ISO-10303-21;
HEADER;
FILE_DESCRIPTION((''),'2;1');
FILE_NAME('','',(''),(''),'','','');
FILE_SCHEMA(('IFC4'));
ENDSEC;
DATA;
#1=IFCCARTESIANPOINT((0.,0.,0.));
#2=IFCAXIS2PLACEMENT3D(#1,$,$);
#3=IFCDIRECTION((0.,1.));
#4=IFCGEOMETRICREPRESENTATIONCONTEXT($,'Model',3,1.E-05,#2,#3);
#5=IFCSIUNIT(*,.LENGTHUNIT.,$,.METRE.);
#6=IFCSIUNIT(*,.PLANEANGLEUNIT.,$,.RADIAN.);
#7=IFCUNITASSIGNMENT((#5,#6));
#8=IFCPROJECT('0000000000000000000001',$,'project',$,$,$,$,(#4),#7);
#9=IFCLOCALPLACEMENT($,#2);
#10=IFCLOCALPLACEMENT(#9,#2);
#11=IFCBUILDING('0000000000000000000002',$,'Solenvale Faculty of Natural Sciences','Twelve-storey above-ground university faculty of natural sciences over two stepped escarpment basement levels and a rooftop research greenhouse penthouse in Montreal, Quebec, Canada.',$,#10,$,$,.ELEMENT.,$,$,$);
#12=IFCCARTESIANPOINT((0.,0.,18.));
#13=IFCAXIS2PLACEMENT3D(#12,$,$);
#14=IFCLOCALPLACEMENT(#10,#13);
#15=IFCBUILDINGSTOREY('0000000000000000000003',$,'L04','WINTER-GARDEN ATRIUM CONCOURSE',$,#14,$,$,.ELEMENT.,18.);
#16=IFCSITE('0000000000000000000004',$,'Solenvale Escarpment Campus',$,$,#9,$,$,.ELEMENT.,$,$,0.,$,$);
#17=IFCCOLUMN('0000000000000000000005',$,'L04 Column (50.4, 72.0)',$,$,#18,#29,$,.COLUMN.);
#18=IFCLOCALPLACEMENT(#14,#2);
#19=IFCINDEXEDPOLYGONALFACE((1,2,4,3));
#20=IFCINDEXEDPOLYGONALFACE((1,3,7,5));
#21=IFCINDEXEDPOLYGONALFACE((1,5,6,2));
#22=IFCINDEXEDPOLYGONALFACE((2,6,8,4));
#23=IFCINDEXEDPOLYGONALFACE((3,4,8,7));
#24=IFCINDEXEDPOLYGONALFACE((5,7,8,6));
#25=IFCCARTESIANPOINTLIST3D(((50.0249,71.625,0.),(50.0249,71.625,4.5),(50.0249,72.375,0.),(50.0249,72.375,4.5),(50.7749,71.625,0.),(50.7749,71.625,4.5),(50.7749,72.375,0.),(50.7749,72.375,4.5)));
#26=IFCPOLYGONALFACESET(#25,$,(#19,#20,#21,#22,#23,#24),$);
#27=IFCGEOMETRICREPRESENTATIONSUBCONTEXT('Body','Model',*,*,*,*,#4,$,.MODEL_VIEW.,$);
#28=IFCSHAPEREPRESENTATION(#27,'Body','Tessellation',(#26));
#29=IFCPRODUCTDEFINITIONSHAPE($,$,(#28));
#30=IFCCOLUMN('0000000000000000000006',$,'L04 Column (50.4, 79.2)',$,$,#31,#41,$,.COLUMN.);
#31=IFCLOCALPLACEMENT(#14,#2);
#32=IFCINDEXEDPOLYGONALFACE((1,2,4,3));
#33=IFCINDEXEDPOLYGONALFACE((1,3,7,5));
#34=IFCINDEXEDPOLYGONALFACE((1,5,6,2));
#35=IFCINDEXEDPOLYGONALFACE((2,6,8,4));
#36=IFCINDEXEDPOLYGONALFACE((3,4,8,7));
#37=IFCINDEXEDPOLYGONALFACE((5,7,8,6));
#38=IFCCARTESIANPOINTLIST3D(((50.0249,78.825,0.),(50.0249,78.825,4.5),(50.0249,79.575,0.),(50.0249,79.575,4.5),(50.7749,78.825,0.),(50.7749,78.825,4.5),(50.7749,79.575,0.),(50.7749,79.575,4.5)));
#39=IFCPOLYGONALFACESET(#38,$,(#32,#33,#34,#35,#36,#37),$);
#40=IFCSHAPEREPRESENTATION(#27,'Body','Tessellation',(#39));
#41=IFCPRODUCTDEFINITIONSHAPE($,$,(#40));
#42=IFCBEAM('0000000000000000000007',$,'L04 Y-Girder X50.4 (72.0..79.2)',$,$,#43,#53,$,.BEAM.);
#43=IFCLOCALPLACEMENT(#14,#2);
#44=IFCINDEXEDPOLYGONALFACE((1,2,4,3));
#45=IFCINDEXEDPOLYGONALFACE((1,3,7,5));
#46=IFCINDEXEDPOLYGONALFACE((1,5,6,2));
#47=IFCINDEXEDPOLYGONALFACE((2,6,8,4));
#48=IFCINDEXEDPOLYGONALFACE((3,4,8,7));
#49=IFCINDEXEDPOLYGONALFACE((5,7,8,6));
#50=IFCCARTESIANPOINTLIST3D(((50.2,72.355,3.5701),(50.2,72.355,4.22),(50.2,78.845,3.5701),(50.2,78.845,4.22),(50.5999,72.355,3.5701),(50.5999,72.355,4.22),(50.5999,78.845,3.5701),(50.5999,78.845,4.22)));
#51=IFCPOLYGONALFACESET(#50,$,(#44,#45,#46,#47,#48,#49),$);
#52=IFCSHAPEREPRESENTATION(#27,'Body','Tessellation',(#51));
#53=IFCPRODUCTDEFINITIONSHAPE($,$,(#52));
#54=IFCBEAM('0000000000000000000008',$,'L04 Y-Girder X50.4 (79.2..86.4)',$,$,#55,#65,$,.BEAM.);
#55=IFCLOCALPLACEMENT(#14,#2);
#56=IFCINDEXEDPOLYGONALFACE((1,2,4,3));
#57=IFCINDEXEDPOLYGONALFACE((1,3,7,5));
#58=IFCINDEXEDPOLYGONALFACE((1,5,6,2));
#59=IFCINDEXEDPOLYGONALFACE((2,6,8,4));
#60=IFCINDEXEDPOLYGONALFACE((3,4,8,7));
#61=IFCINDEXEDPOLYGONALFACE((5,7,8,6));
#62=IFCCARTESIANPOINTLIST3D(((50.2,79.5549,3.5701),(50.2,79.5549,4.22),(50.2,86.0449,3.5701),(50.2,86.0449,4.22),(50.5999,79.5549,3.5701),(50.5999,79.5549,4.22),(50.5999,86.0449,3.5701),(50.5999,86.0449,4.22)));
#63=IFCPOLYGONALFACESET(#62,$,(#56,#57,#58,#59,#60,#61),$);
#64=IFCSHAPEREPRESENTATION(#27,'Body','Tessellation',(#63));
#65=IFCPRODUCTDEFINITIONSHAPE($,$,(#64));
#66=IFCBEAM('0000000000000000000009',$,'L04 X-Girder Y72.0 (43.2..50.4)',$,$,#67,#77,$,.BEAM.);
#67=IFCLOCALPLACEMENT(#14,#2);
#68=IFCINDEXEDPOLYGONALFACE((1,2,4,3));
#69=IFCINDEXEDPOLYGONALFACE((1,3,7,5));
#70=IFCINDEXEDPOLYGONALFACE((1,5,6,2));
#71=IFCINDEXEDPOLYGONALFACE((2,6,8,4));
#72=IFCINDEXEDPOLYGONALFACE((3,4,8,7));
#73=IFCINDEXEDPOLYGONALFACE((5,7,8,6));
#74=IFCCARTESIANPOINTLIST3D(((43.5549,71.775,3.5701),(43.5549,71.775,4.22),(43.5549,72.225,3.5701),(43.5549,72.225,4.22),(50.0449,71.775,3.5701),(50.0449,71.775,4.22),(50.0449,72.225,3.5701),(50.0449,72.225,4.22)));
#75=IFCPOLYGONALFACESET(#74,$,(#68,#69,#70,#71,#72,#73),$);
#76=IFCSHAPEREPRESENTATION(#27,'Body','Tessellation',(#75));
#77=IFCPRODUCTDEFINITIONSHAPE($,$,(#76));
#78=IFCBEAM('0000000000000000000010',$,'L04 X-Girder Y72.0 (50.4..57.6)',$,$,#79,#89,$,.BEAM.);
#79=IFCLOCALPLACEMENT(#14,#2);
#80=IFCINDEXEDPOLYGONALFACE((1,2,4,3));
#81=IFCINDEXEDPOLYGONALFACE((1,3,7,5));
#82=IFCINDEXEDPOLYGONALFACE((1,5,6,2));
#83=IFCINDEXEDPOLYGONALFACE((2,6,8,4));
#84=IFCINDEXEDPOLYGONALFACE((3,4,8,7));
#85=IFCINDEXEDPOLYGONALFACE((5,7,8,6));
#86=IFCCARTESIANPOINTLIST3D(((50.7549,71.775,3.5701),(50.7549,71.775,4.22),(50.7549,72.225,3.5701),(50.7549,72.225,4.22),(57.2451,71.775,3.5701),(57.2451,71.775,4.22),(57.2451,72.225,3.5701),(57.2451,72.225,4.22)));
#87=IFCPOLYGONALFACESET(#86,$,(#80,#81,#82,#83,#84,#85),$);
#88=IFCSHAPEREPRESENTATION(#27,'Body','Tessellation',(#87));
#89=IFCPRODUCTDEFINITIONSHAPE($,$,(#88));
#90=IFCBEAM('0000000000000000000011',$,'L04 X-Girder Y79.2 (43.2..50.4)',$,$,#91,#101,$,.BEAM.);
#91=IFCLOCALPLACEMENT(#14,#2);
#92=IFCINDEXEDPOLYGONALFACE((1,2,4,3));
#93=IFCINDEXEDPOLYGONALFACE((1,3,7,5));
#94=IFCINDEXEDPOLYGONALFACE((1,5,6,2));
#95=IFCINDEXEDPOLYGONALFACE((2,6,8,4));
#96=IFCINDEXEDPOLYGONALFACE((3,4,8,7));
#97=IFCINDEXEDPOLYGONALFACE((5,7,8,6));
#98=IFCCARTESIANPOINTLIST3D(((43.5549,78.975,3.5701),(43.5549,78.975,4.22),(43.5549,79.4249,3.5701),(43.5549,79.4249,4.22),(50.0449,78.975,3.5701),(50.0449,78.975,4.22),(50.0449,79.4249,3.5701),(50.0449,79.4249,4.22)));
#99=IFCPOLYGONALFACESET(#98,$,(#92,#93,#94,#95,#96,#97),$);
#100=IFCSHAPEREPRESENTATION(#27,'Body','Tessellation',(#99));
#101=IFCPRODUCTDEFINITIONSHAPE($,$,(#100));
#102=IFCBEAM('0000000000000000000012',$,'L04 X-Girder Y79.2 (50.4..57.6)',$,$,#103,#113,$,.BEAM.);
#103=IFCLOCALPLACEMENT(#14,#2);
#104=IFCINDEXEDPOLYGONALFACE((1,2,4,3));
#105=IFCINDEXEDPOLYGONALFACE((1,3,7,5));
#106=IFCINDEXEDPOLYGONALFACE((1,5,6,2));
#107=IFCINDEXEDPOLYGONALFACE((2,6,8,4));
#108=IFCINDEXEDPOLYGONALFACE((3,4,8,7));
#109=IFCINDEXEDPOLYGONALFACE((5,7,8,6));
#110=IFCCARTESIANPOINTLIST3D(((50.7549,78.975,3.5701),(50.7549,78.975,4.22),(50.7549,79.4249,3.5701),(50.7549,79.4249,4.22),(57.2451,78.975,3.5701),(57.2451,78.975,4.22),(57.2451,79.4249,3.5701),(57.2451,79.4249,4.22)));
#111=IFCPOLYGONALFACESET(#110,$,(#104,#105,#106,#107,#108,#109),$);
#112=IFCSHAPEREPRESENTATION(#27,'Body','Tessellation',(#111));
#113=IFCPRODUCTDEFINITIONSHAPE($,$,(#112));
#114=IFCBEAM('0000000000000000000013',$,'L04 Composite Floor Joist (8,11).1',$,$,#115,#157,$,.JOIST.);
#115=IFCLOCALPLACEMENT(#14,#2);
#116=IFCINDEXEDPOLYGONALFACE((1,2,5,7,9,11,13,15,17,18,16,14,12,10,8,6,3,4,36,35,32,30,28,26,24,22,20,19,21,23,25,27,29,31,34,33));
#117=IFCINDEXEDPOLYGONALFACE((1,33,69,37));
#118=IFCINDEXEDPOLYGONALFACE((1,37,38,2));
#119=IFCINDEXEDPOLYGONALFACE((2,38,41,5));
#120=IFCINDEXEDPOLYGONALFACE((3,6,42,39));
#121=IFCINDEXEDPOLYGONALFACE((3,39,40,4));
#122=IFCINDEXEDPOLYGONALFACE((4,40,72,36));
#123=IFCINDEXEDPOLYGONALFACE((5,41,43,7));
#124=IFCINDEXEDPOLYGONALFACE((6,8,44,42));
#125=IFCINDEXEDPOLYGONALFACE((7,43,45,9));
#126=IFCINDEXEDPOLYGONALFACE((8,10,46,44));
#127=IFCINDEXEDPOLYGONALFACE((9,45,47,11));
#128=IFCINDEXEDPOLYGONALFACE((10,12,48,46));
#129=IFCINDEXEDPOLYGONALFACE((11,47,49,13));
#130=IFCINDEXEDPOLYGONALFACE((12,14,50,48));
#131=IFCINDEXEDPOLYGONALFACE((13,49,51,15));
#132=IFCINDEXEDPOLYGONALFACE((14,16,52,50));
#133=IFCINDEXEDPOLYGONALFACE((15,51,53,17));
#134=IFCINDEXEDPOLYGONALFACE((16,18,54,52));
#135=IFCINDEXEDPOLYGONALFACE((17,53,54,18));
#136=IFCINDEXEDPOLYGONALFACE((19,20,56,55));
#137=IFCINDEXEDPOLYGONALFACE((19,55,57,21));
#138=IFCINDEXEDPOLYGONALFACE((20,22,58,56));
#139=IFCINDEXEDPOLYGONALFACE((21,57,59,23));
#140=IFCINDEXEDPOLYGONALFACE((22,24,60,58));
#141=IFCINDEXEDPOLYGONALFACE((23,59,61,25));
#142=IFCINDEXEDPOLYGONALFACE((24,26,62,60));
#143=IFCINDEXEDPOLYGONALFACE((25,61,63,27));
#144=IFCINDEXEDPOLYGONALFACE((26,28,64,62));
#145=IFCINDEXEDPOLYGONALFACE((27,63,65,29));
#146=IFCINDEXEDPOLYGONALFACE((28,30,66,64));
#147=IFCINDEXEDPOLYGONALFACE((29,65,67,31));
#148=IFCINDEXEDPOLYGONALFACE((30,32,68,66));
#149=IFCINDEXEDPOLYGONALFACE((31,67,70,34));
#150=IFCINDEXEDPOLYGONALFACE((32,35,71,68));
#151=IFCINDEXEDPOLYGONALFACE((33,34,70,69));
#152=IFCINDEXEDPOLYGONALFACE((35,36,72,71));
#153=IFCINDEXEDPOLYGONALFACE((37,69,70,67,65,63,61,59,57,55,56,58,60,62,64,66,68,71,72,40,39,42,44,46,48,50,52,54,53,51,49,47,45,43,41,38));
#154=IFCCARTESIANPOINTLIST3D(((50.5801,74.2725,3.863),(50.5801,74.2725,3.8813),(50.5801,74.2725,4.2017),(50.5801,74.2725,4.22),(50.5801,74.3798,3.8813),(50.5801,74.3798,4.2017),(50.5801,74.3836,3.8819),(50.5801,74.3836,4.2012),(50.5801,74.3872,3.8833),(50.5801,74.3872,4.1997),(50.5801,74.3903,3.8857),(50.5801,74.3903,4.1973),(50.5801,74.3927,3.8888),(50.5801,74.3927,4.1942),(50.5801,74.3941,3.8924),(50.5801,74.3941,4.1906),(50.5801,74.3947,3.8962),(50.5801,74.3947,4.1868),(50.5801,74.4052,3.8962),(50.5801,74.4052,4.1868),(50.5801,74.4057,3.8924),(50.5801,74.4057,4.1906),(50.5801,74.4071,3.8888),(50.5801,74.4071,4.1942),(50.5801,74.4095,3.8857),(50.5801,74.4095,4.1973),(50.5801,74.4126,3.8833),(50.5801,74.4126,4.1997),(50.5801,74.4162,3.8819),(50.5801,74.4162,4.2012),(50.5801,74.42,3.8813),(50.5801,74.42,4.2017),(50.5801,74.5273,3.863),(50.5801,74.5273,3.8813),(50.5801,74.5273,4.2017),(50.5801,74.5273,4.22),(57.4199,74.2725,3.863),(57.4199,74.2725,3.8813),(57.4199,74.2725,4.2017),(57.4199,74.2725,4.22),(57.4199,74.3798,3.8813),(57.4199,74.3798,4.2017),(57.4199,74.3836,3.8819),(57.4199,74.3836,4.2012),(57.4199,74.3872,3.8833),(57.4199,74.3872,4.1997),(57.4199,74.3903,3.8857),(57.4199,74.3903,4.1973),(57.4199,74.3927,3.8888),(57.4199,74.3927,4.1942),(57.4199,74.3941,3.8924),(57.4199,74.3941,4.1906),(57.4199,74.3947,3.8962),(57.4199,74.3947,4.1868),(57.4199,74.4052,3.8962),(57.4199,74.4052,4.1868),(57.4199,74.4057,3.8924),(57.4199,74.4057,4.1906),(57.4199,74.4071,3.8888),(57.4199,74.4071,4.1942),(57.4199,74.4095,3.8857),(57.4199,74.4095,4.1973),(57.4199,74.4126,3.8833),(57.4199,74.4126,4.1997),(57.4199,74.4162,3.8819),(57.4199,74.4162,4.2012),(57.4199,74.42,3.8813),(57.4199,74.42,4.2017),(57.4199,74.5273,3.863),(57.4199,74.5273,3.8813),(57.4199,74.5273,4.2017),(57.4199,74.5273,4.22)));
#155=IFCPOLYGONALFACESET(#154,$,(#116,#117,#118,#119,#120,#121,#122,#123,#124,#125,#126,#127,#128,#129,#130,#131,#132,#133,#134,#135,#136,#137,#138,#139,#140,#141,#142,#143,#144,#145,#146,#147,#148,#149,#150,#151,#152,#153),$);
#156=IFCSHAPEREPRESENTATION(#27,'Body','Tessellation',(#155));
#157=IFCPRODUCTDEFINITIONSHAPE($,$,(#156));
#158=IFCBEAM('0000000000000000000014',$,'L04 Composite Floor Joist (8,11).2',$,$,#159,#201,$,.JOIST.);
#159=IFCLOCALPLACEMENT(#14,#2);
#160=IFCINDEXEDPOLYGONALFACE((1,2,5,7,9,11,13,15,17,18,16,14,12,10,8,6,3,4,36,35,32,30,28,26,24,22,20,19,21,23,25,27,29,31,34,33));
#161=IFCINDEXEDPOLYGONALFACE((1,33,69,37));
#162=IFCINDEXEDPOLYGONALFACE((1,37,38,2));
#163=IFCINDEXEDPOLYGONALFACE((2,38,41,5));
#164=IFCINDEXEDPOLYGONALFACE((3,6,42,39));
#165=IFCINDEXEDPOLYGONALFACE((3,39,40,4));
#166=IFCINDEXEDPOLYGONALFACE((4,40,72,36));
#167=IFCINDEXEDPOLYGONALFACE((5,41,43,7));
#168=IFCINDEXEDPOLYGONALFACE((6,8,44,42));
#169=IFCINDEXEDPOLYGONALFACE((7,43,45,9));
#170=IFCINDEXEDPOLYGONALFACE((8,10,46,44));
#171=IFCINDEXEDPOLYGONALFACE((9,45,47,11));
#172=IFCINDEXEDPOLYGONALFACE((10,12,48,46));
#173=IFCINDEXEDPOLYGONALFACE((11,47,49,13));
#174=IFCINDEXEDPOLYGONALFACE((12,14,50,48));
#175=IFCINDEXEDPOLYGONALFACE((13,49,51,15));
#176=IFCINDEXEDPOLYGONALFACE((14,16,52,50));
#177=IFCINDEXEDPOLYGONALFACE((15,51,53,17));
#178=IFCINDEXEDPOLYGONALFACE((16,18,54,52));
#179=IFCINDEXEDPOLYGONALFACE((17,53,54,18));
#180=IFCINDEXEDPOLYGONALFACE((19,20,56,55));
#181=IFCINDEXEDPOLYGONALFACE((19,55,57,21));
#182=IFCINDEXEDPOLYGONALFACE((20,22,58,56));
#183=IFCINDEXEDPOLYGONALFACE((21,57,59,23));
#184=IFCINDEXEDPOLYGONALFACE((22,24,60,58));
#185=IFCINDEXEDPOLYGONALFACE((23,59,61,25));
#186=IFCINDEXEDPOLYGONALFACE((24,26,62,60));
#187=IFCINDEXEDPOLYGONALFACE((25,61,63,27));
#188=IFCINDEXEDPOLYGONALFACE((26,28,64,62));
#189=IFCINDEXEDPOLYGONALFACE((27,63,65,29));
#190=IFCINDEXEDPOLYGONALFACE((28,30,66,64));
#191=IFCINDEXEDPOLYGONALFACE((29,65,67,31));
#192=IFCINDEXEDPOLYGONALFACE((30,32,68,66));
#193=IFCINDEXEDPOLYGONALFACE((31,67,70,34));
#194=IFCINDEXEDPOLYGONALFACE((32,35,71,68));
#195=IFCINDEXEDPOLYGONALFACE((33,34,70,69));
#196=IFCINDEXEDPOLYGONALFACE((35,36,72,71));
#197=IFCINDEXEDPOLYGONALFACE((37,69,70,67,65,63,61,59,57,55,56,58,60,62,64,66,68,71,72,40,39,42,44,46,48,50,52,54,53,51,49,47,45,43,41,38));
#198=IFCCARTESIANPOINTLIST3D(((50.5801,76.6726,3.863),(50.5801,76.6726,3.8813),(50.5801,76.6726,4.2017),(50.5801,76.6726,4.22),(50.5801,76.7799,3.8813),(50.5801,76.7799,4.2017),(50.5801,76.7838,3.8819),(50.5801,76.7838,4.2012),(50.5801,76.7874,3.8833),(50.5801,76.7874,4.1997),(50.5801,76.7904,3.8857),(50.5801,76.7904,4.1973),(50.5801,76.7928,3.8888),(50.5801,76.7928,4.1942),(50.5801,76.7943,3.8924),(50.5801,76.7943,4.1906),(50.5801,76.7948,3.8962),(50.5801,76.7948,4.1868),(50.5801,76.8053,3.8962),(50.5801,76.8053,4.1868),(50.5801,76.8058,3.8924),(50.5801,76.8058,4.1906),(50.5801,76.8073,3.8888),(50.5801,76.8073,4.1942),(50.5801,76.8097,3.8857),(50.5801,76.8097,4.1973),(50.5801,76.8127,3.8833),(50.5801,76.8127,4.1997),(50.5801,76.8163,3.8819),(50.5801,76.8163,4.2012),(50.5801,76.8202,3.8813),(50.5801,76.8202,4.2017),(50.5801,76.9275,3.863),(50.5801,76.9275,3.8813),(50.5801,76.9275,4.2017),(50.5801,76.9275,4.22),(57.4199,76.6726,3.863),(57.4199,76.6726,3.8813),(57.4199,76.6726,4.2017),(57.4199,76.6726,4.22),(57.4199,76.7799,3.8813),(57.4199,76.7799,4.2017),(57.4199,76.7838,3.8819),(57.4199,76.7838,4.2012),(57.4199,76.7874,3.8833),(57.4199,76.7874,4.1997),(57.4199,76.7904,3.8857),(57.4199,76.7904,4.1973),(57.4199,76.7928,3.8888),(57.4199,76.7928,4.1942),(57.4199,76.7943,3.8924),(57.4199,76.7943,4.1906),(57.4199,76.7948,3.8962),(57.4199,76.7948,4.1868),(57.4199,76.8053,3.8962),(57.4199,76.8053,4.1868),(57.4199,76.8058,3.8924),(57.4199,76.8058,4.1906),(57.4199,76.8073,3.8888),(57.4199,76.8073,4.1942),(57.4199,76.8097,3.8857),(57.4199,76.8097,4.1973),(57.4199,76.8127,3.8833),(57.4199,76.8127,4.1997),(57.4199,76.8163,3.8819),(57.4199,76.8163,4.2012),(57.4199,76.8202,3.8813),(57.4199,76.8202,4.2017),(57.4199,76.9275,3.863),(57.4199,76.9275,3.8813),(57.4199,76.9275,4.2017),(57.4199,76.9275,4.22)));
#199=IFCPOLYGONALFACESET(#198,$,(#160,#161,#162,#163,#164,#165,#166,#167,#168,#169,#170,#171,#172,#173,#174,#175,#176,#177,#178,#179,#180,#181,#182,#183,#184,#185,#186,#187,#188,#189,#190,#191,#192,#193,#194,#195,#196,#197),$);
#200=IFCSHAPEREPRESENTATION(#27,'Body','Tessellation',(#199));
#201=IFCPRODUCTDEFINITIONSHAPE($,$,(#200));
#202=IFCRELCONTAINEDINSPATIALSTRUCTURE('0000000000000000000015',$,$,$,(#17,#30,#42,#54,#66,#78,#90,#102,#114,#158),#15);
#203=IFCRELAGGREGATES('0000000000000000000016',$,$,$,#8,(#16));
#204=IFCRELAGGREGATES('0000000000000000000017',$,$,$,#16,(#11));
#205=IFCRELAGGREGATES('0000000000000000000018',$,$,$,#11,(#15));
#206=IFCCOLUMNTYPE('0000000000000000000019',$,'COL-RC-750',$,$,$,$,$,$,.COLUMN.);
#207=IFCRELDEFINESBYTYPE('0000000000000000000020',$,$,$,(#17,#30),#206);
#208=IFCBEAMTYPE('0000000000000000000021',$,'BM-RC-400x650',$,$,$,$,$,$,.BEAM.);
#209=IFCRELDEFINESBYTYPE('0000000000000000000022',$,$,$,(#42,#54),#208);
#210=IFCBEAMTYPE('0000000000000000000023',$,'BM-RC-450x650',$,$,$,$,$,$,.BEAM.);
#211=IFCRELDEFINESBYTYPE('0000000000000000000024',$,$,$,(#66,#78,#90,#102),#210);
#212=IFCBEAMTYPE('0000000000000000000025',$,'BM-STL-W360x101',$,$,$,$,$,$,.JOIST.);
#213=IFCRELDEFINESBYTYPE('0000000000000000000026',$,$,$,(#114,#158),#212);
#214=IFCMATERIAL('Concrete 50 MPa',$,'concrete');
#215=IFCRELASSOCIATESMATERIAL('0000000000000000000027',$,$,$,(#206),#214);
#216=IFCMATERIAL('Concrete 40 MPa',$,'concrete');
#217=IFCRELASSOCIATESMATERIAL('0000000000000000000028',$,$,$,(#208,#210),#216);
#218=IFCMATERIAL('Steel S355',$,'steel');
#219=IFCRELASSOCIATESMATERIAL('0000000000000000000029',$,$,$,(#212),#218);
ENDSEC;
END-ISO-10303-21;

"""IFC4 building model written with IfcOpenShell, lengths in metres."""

from ifc_helpers import new_model, si_unit, direction, frame, origin, origin_2d, place, context, subcontext, project, spatial, rectangle, i_section, extrude, material, material_profile, profile_set, type_object, element, save


model = new_model("IFC4")

# Units and contexts
model_context = context("Model", 3, precision=1e-05, world=origin(), true_north=direction((0.0, 1.0)))
body_context = subcontext(model_context, "Body", "Model", "MODEL_VIEW")
ifc_project = project(units=[si_unit("LENGTHUNIT", "METRE"), si_unit("PLANEANGLEUNIT", "RADIAN")], contexts=[model_context])

# Site, building, storey
site_placement = place(None, origin())
site = spatial("IfcSite", under=ifc_project, at=site_placement, Name="Solenvale Escarpment Campus", CompositionType="ELEMENT", RefElevation=0.0)
building_placement = place(site_placement, origin())
building = spatial("IfcBuilding", under=site, at=building_placement, Name="Solenvale Faculty of Natural Sciences", Description="Twelve-storey above-ground university faculty of natural sciences over two stepped escarpment basement levels and a rooftop research greenhouse penthouse in Montreal, Quebec, Canada.", CompositionType="ELEMENT")
storey_placement = place(building_placement, frame((0.0, 0.0, 18.0)))
storey = spatial("IfcBuildingStorey", under=building, at=storey_placement, Name="L04", Description="WINTER-GARDEN ATRIUM CONCOURSE", CompositionType="ELEMENT", Elevation=18.0)

# Columns
ifc_material_1 = material(Name="Concrete 50 MPa", Category="concrete")
ifc_material_profile_1 = material_profile(ifc_material_1, rectangle(XDim=0.75, YDim=0.75, at=origin_2d()), Name="RC-COL-750x750")
ifc_profile_set_1 = profile_set([ifc_material_profile_1], Name="Concrete 50 MPa")
column_type = type_object("IfcColumnType", Name="COL-RC-750", PredefinedType="COLUMN", material=ifc_profile_set_1)
for number, where, z_axis, x_axis, name in (
    (1, (50.3999, 72.0, 0.0), (0.0, 0.0, 1.0), (1.0, 0.0, 0.0), "L04 Column (50.4, 72.0)"),
    (2, (50.3999, 79.2, 0.0), (0.0, 0.0, 1.0), (1.0, 0.0, 0.0), "L04 Column (50.4, 79.2)"),
):
    element("IfcColumn", number, at=place(storey_placement, frame(where, z_axis=z_axis, x_axis=x_axis)), inside=storey, type_object=column_type, Name=name, PredefinedType="COLUMN", context=body_context, shape_type="SweptSolid", body=[
        extrude(rectangle(XDim=0.75, YDim=0.75, at=origin_2d()), origin(), (0.0, 0.0, 1.0), 4.5),
    ])

# Beams
ifc_material_2 = material(Name="Concrete 40 MPa", Category="concrete")
ifc_material_profile_2 = material_profile(ifc_material_2, rectangle(XDim=0.3999, YDim=0.6499, at=origin_2d()), Name="RC-BM-400x650")
ifc_profile_set_2 = profile_set([ifc_material_profile_2], Name="Concrete 40 MPa")
beam_type_1 = type_object("IfcBeamType", Name="BM-RC-400x650", PredefinedType="BEAM", material=ifc_profile_set_2)
for number, where, z_axis, x_axis, name in (
    (3, (50.3999, 72.355, 3.895), (0.0, 1.0, 0.0), (-1.0, 0.0, 0.0), "L04 Y-Girder X50.4 (72.0..79.2)"),
    (4, (50.3999, 79.5549, 3.895), (0.0, 1.0, 0.0), (-1.0, 0.0, 0.0), "L04 Y-Girder X50.4 (79.2..86.4)"),
):
    element("IfcBeam", number, at=place(storey_placement, frame(where, z_axis=z_axis, x_axis=x_axis)), inside=storey, type_object=beam_type_1, Name=name, PredefinedType="BEAM", context=body_context, shape_type="SweptSolid", body=[
        extrude(rectangle(XDim=0.3999, YDim=0.6499, at=origin_2d()), origin(), (0.0, 0.0, 1.0), 6.49),
    ])
ifc_material_profile_3 = material_profile(ifc_material_2, rectangle(XDim=0.45, YDim=0.6499, at=origin_2d()), Name="RC-BM-450x650")
ifc_profile_set_3 = profile_set([ifc_material_profile_3], Name="Concrete 40 MPa")
beam_type_2 = type_object("IfcBeamType", Name="BM-RC-450x650", PredefinedType="BEAM", material=ifc_profile_set_3)
beam_1_placement = place(storey_placement, frame((43.5549, 72.0, 3.895), z_axis=(1.0, 0.0, 0.0), x_axis=(0.0, 1.0, 0.0)))
element("IfcBeam", 5, at=beam_1_placement, inside=storey, type_object=beam_type_2, Name="L04 X-Girder Y72.0 (43.2..50.4)", PredefinedType="BEAM", context=body_context, shape_type="SweptSolid", body=[
    extrude(rectangle(XDim=0.45, YDim=0.6499, at=origin_2d()), origin(), (0.0, 0.0, 1.0), 6.49),
])
beam_2_placement = place(storey_placement, frame((50.7549, 72.0, 3.895), z_axis=(1.0, 0.0, 0.0), x_axis=(0.0, 1.0, 0.0)))
element("IfcBeam", 6, at=beam_2_placement, inside=storey, type_object=beam_type_2, Name="L04 X-Girder Y72.0 (50.4..57.6)", PredefinedType="BEAM", context=body_context, shape_type="SweptSolid", body=[
    extrude(rectangle(XDim=0.45, YDim=0.6499, at=origin_2d()), origin(), (0.0, 0.0, 1.0), 6.4902),
])
beam_3_placement = place(storey_placement, frame((43.5549, 79.2, 3.895), z_axis=(1.0, 0.0, 0.0), x_axis=(0.0, 1.0, 0.0)))
element("IfcBeam", 7, at=beam_3_placement, inside=storey, type_object=beam_type_2, Name="L04 X-Girder Y79.2 (43.2..50.4)", PredefinedType="BEAM", context=body_context, shape_type="SweptSolid", body=[
    extrude(rectangle(XDim=0.45, YDim=0.6499, at=origin_2d()), origin(), (0.0, 0.0, 1.0), 6.49),
])
beam_4_placement = place(storey_placement, frame((50.7549, 79.2, 3.895), z_axis=(1.0, 0.0, 0.0), x_axis=(0.0, 1.0, 0.0)))
element("IfcBeam", 8, at=beam_4_placement, inside=storey, type_object=beam_type_2, Name="L04 X-Girder Y79.2 (50.4..57.6)", PredefinedType="BEAM", context=body_context, shape_type="SweptSolid", body=[
    extrude(rectangle(XDim=0.45, YDim=0.6499, at=origin_2d()), origin(), (0.0, 0.0, 1.0), 6.4902),
])
ifc_material_3 = material(Name="Steel S355", Category="steel")
ifc_material_profile_4 = material_profile(ifc_material_3, i_section(OverallWidth=0.2549, OverallDepth=0.3569, WebThickness=0.0105, FlangeThickness=0.0183, FilletRadius=0.0149, at=origin_2d()), Name="W360x101")
ifc_profile_set_4 = profile_set([ifc_material_profile_4], Name="Steel S355")
beam_type_3 = type_object("IfcBeamType", Name="BM-STL-W360x101", PredefinedType="JOIST", material=ifc_profile_set_4)
for number, where, z_axis, x_axis, name in (
    (9, (50.5801, 74.3999, 4.0415), (1.0, 0.0, 0.0), (0.0, 1.0, 0.0), "L04 Composite Floor Joist (8,11).1"),
    (10, (50.5801, 76.8, 4.0415), (1.0, 0.0, 0.0), (0.0, 1.0, 0.0), "L04 Composite Floor Joist (8,11).2"),
):
    element("IfcBeam", number, at=place(storey_placement, frame(where, z_axis=z_axis, x_axis=x_axis)), inside=storey, type_object=beam_type_3, Name=name, PredefinedType="JOIST", context=body_context, shape_type="SweptSolid", body=[
        extrude(i_section(OverallWidth=0.2549, OverallDepth=0.3569, WebThickness=0.0105, FlangeThickness=0.0183, FilletRadius=0.0149, at=origin_2d()), origin(), (0.0, 0.0, 1.0), 6.8398),
    ])

save(model, "model.ifc")
